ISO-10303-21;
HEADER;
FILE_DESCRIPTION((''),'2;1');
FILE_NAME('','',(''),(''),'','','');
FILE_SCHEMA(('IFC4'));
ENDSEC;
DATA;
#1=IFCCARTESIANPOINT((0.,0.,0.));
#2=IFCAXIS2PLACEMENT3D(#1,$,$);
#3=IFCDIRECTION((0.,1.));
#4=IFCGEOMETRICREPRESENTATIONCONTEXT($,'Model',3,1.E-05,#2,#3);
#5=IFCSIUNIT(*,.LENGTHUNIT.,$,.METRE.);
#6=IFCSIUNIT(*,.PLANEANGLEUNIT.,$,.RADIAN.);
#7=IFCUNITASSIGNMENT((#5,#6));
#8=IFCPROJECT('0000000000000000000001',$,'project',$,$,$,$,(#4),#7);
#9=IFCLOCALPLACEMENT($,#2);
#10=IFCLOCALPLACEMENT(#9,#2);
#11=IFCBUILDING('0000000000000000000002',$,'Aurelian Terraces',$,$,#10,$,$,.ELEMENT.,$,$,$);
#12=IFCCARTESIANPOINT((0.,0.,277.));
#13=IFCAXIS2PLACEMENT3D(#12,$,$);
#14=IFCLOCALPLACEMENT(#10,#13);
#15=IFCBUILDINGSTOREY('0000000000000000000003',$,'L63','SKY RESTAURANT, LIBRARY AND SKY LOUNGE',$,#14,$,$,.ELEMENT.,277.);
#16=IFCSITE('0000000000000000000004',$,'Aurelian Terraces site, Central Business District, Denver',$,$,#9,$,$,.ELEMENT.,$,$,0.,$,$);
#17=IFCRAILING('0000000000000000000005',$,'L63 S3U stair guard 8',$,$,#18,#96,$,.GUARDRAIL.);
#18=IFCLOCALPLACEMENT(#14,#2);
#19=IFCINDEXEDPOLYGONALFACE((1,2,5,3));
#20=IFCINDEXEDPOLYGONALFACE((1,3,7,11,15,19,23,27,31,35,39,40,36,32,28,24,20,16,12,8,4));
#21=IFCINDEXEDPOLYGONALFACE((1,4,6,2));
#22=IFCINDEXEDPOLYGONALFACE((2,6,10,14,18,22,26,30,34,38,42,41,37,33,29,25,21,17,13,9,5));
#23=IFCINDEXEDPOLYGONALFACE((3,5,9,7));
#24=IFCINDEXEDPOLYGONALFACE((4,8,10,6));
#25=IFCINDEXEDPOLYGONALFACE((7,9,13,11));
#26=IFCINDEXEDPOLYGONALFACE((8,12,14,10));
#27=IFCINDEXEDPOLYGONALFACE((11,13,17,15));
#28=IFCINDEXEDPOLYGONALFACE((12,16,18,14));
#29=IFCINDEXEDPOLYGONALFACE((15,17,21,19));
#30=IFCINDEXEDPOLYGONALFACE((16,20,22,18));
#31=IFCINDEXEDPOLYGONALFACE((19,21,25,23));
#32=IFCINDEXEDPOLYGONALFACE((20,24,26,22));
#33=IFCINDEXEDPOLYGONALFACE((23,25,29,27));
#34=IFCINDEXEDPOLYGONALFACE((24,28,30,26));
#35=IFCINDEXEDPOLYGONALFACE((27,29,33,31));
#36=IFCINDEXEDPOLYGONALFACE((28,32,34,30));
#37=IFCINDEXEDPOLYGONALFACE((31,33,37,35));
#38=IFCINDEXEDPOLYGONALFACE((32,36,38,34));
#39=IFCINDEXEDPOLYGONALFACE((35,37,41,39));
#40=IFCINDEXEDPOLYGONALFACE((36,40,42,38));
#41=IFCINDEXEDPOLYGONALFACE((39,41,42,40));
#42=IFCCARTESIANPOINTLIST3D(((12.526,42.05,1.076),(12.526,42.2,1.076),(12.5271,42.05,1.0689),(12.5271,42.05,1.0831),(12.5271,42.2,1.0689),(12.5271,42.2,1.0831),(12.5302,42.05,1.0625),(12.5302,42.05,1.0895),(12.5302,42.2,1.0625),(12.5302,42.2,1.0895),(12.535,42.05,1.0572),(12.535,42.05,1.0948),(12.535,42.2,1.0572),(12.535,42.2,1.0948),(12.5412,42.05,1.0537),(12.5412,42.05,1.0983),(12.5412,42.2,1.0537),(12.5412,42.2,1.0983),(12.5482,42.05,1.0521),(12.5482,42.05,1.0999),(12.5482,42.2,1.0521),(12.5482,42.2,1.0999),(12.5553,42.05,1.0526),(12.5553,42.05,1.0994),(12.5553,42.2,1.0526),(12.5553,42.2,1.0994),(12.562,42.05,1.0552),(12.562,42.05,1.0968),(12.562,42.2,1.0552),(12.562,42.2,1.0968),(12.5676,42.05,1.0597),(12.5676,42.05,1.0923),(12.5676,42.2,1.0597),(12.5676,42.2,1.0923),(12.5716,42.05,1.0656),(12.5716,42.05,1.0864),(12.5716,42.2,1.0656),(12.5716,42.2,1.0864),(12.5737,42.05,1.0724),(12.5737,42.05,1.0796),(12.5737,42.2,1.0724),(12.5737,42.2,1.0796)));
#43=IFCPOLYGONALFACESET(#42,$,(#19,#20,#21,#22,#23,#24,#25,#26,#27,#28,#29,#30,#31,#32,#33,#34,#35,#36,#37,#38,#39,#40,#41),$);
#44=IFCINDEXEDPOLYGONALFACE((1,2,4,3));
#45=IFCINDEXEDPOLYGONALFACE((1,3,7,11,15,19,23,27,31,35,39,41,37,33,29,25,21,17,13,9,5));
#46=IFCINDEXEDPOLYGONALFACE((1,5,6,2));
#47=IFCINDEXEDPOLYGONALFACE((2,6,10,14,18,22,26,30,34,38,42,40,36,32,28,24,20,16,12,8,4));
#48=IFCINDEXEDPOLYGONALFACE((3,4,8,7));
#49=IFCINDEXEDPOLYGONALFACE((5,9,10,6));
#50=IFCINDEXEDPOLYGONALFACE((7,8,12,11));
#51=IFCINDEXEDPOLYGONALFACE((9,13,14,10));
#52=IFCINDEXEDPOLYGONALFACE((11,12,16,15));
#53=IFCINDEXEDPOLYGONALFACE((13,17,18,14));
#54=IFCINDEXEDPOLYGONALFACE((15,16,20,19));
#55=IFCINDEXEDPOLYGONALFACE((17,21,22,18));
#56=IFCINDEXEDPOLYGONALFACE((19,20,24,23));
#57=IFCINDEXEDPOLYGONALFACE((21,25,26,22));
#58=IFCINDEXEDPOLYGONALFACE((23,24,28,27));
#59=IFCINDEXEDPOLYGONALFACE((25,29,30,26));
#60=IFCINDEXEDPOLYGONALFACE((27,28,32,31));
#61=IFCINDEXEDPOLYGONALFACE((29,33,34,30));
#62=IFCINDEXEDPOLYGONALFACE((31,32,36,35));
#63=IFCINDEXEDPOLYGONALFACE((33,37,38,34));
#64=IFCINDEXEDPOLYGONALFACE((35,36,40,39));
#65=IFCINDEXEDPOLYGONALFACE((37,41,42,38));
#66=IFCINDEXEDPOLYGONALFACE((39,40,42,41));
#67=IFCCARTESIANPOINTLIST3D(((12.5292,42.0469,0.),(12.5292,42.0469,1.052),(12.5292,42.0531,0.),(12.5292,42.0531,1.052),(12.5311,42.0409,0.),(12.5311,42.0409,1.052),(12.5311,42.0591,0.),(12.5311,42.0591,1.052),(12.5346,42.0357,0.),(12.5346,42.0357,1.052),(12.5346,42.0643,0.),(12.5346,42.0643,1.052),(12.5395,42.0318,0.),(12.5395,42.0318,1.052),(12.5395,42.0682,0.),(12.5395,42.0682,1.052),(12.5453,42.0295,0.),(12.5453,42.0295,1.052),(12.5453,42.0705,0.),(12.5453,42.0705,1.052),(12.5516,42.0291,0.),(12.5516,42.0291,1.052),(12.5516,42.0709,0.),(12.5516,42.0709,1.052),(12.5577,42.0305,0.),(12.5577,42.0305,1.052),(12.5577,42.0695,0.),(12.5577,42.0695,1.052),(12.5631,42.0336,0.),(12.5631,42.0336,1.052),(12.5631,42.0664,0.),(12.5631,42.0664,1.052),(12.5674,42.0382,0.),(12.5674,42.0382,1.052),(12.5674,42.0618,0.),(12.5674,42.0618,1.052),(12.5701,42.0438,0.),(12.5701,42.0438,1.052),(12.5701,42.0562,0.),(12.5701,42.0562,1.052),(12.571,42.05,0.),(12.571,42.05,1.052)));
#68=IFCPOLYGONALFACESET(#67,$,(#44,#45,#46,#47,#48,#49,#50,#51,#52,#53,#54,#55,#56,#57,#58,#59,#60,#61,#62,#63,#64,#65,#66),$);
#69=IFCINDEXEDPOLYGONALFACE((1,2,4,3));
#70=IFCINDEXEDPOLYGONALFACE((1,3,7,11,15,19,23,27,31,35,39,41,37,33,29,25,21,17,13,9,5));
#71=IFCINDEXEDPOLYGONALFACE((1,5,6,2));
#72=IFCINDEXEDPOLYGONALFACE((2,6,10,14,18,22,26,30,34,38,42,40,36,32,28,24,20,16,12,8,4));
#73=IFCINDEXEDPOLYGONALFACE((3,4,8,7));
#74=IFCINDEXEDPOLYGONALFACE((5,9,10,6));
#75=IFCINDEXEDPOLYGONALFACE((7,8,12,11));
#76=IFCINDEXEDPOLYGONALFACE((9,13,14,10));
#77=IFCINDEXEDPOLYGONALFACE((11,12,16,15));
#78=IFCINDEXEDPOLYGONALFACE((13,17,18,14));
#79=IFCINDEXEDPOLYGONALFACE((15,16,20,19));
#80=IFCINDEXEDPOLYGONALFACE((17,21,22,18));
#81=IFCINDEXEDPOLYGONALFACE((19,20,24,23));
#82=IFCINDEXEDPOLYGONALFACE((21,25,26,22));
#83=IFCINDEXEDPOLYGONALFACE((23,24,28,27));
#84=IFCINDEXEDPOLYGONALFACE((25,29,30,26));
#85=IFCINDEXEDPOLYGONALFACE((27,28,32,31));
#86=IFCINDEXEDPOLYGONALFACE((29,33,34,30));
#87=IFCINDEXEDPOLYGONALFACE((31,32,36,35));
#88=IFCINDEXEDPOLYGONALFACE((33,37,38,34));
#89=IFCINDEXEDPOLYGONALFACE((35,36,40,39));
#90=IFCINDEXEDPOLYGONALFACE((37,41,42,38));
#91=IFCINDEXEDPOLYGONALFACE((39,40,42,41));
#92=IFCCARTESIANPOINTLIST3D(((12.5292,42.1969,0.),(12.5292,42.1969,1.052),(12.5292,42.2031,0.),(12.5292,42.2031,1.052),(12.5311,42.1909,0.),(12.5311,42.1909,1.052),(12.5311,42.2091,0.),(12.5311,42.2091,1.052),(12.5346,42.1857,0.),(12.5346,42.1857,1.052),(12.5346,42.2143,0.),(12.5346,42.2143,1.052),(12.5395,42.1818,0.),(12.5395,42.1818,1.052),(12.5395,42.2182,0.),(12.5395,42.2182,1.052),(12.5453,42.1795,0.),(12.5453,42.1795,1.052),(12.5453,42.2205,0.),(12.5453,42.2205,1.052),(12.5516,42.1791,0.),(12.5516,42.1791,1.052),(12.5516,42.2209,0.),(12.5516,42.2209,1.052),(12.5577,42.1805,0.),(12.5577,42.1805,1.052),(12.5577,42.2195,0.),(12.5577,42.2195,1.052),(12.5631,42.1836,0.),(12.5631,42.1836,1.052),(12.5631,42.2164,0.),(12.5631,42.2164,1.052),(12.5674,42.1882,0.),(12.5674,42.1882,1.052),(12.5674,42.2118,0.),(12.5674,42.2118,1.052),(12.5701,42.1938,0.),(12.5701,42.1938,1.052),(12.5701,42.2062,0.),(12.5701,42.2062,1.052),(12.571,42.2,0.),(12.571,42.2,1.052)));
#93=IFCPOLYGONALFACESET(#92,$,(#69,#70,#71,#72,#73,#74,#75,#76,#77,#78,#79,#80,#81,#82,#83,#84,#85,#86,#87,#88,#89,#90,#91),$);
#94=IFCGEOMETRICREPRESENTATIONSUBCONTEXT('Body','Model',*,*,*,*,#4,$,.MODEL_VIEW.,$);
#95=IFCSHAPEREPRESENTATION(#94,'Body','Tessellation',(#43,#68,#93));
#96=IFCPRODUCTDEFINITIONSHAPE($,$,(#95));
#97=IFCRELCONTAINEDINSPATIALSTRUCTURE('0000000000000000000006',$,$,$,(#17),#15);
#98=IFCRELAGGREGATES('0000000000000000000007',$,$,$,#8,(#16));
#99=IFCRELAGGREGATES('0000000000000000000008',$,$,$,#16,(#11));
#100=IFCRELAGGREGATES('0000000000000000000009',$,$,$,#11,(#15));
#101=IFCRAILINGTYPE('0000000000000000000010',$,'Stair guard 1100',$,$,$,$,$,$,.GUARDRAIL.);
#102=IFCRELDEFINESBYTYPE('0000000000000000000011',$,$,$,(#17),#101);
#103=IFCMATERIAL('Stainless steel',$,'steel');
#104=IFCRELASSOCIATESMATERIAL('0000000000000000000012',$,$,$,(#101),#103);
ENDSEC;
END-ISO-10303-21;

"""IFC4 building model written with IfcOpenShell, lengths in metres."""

from ifc_helpers import new_model, si_unit, direction, frame, origin, origin_2d, place, context, subcontext, project, spatial, circle, extrude, source, transform, mapped, material, type_object, element, save


model = new_model("IFC4")

# Units and contexts
model_context = context("Model", 3, precision=1e-05, world=origin(), true_north=direction((0.0, 1.0)))
body_context = subcontext(model_context, "Body", "Model", "MODEL_VIEW")
ifc_project = project(units=[si_unit("LENGTHUNIT", "METRE"), si_unit("PLANEANGLEUNIT", "RADIAN")], contexts=[model_context])

# Site, building, storey
site_placement = place(None, origin())
site = spatial("IfcSite", under=ifc_project, at=site_placement, Name="Aurelian Terraces site, Central Business District, Denver", CompositionType="ELEMENT", RefElevation=0.0)
building_placement = place(site_placement, origin())
building = spatial("IfcBuilding", under=site, at=building_placement, Name="Aurelian Terraces", CompositionType="ELEMENT")
storey_placement = place(building_placement, frame((0.0, 0.0, 277.0)))
storey = spatial("IfcBuildingStorey", under=building, at=storey_placement, Name="L63", Description="SKY RESTAURANT, LIBRARY AND SKY LOUNGE", CompositionType="ELEMENT", Elevation=277.0)

# Railing
ifc_material_1 = material(Name="Stainless steel", Category="steel")
railing_type_1 = type_object("IfcRailingType", Name="Stair guard 1100", PredefinedType="GUARDRAIL", material=ifc_material_1)
shared_shape_1 = source(origin(), body_context, "Body", "SweptSolid", [
    extrude(circle(Radius=0.024, at=origin_2d()), frame((0.0, 0.0, 1.076), z_axis=(0.0, 1.0, 0.0), x_axis=(-1.0, 0.0, 0.0)), (0.0, 0.0, 1.0), 0.15),
    extrude(circle(Radius=0.021, at=origin_2d()), origin(), (0.0, 0.0, 1.0), 1.052),
    extrude(circle(Radius=0.021, at=origin_2d()), frame((0.0, 0.15, 0.0)), (0.0, 0.0, 1.0), 1.052),
])
for number, where, name in (
    (1, (12.55, 42.05, 0.0), "L63 S3U stair guard 8"),
):
    element("IfcRailing", number, at=place(storey_placement, frame(where)), inside=storey, type_object=railing_type_1, Name=name, PredefinedType="GUARDRAIL", context=body_context, shape_type="MappedRepresentation", body=[
        mapped(shared_shape_1, transform((0.0, 0.0, 0.0), scale=1.0)),
    ])

save(model, "model.ifc")
